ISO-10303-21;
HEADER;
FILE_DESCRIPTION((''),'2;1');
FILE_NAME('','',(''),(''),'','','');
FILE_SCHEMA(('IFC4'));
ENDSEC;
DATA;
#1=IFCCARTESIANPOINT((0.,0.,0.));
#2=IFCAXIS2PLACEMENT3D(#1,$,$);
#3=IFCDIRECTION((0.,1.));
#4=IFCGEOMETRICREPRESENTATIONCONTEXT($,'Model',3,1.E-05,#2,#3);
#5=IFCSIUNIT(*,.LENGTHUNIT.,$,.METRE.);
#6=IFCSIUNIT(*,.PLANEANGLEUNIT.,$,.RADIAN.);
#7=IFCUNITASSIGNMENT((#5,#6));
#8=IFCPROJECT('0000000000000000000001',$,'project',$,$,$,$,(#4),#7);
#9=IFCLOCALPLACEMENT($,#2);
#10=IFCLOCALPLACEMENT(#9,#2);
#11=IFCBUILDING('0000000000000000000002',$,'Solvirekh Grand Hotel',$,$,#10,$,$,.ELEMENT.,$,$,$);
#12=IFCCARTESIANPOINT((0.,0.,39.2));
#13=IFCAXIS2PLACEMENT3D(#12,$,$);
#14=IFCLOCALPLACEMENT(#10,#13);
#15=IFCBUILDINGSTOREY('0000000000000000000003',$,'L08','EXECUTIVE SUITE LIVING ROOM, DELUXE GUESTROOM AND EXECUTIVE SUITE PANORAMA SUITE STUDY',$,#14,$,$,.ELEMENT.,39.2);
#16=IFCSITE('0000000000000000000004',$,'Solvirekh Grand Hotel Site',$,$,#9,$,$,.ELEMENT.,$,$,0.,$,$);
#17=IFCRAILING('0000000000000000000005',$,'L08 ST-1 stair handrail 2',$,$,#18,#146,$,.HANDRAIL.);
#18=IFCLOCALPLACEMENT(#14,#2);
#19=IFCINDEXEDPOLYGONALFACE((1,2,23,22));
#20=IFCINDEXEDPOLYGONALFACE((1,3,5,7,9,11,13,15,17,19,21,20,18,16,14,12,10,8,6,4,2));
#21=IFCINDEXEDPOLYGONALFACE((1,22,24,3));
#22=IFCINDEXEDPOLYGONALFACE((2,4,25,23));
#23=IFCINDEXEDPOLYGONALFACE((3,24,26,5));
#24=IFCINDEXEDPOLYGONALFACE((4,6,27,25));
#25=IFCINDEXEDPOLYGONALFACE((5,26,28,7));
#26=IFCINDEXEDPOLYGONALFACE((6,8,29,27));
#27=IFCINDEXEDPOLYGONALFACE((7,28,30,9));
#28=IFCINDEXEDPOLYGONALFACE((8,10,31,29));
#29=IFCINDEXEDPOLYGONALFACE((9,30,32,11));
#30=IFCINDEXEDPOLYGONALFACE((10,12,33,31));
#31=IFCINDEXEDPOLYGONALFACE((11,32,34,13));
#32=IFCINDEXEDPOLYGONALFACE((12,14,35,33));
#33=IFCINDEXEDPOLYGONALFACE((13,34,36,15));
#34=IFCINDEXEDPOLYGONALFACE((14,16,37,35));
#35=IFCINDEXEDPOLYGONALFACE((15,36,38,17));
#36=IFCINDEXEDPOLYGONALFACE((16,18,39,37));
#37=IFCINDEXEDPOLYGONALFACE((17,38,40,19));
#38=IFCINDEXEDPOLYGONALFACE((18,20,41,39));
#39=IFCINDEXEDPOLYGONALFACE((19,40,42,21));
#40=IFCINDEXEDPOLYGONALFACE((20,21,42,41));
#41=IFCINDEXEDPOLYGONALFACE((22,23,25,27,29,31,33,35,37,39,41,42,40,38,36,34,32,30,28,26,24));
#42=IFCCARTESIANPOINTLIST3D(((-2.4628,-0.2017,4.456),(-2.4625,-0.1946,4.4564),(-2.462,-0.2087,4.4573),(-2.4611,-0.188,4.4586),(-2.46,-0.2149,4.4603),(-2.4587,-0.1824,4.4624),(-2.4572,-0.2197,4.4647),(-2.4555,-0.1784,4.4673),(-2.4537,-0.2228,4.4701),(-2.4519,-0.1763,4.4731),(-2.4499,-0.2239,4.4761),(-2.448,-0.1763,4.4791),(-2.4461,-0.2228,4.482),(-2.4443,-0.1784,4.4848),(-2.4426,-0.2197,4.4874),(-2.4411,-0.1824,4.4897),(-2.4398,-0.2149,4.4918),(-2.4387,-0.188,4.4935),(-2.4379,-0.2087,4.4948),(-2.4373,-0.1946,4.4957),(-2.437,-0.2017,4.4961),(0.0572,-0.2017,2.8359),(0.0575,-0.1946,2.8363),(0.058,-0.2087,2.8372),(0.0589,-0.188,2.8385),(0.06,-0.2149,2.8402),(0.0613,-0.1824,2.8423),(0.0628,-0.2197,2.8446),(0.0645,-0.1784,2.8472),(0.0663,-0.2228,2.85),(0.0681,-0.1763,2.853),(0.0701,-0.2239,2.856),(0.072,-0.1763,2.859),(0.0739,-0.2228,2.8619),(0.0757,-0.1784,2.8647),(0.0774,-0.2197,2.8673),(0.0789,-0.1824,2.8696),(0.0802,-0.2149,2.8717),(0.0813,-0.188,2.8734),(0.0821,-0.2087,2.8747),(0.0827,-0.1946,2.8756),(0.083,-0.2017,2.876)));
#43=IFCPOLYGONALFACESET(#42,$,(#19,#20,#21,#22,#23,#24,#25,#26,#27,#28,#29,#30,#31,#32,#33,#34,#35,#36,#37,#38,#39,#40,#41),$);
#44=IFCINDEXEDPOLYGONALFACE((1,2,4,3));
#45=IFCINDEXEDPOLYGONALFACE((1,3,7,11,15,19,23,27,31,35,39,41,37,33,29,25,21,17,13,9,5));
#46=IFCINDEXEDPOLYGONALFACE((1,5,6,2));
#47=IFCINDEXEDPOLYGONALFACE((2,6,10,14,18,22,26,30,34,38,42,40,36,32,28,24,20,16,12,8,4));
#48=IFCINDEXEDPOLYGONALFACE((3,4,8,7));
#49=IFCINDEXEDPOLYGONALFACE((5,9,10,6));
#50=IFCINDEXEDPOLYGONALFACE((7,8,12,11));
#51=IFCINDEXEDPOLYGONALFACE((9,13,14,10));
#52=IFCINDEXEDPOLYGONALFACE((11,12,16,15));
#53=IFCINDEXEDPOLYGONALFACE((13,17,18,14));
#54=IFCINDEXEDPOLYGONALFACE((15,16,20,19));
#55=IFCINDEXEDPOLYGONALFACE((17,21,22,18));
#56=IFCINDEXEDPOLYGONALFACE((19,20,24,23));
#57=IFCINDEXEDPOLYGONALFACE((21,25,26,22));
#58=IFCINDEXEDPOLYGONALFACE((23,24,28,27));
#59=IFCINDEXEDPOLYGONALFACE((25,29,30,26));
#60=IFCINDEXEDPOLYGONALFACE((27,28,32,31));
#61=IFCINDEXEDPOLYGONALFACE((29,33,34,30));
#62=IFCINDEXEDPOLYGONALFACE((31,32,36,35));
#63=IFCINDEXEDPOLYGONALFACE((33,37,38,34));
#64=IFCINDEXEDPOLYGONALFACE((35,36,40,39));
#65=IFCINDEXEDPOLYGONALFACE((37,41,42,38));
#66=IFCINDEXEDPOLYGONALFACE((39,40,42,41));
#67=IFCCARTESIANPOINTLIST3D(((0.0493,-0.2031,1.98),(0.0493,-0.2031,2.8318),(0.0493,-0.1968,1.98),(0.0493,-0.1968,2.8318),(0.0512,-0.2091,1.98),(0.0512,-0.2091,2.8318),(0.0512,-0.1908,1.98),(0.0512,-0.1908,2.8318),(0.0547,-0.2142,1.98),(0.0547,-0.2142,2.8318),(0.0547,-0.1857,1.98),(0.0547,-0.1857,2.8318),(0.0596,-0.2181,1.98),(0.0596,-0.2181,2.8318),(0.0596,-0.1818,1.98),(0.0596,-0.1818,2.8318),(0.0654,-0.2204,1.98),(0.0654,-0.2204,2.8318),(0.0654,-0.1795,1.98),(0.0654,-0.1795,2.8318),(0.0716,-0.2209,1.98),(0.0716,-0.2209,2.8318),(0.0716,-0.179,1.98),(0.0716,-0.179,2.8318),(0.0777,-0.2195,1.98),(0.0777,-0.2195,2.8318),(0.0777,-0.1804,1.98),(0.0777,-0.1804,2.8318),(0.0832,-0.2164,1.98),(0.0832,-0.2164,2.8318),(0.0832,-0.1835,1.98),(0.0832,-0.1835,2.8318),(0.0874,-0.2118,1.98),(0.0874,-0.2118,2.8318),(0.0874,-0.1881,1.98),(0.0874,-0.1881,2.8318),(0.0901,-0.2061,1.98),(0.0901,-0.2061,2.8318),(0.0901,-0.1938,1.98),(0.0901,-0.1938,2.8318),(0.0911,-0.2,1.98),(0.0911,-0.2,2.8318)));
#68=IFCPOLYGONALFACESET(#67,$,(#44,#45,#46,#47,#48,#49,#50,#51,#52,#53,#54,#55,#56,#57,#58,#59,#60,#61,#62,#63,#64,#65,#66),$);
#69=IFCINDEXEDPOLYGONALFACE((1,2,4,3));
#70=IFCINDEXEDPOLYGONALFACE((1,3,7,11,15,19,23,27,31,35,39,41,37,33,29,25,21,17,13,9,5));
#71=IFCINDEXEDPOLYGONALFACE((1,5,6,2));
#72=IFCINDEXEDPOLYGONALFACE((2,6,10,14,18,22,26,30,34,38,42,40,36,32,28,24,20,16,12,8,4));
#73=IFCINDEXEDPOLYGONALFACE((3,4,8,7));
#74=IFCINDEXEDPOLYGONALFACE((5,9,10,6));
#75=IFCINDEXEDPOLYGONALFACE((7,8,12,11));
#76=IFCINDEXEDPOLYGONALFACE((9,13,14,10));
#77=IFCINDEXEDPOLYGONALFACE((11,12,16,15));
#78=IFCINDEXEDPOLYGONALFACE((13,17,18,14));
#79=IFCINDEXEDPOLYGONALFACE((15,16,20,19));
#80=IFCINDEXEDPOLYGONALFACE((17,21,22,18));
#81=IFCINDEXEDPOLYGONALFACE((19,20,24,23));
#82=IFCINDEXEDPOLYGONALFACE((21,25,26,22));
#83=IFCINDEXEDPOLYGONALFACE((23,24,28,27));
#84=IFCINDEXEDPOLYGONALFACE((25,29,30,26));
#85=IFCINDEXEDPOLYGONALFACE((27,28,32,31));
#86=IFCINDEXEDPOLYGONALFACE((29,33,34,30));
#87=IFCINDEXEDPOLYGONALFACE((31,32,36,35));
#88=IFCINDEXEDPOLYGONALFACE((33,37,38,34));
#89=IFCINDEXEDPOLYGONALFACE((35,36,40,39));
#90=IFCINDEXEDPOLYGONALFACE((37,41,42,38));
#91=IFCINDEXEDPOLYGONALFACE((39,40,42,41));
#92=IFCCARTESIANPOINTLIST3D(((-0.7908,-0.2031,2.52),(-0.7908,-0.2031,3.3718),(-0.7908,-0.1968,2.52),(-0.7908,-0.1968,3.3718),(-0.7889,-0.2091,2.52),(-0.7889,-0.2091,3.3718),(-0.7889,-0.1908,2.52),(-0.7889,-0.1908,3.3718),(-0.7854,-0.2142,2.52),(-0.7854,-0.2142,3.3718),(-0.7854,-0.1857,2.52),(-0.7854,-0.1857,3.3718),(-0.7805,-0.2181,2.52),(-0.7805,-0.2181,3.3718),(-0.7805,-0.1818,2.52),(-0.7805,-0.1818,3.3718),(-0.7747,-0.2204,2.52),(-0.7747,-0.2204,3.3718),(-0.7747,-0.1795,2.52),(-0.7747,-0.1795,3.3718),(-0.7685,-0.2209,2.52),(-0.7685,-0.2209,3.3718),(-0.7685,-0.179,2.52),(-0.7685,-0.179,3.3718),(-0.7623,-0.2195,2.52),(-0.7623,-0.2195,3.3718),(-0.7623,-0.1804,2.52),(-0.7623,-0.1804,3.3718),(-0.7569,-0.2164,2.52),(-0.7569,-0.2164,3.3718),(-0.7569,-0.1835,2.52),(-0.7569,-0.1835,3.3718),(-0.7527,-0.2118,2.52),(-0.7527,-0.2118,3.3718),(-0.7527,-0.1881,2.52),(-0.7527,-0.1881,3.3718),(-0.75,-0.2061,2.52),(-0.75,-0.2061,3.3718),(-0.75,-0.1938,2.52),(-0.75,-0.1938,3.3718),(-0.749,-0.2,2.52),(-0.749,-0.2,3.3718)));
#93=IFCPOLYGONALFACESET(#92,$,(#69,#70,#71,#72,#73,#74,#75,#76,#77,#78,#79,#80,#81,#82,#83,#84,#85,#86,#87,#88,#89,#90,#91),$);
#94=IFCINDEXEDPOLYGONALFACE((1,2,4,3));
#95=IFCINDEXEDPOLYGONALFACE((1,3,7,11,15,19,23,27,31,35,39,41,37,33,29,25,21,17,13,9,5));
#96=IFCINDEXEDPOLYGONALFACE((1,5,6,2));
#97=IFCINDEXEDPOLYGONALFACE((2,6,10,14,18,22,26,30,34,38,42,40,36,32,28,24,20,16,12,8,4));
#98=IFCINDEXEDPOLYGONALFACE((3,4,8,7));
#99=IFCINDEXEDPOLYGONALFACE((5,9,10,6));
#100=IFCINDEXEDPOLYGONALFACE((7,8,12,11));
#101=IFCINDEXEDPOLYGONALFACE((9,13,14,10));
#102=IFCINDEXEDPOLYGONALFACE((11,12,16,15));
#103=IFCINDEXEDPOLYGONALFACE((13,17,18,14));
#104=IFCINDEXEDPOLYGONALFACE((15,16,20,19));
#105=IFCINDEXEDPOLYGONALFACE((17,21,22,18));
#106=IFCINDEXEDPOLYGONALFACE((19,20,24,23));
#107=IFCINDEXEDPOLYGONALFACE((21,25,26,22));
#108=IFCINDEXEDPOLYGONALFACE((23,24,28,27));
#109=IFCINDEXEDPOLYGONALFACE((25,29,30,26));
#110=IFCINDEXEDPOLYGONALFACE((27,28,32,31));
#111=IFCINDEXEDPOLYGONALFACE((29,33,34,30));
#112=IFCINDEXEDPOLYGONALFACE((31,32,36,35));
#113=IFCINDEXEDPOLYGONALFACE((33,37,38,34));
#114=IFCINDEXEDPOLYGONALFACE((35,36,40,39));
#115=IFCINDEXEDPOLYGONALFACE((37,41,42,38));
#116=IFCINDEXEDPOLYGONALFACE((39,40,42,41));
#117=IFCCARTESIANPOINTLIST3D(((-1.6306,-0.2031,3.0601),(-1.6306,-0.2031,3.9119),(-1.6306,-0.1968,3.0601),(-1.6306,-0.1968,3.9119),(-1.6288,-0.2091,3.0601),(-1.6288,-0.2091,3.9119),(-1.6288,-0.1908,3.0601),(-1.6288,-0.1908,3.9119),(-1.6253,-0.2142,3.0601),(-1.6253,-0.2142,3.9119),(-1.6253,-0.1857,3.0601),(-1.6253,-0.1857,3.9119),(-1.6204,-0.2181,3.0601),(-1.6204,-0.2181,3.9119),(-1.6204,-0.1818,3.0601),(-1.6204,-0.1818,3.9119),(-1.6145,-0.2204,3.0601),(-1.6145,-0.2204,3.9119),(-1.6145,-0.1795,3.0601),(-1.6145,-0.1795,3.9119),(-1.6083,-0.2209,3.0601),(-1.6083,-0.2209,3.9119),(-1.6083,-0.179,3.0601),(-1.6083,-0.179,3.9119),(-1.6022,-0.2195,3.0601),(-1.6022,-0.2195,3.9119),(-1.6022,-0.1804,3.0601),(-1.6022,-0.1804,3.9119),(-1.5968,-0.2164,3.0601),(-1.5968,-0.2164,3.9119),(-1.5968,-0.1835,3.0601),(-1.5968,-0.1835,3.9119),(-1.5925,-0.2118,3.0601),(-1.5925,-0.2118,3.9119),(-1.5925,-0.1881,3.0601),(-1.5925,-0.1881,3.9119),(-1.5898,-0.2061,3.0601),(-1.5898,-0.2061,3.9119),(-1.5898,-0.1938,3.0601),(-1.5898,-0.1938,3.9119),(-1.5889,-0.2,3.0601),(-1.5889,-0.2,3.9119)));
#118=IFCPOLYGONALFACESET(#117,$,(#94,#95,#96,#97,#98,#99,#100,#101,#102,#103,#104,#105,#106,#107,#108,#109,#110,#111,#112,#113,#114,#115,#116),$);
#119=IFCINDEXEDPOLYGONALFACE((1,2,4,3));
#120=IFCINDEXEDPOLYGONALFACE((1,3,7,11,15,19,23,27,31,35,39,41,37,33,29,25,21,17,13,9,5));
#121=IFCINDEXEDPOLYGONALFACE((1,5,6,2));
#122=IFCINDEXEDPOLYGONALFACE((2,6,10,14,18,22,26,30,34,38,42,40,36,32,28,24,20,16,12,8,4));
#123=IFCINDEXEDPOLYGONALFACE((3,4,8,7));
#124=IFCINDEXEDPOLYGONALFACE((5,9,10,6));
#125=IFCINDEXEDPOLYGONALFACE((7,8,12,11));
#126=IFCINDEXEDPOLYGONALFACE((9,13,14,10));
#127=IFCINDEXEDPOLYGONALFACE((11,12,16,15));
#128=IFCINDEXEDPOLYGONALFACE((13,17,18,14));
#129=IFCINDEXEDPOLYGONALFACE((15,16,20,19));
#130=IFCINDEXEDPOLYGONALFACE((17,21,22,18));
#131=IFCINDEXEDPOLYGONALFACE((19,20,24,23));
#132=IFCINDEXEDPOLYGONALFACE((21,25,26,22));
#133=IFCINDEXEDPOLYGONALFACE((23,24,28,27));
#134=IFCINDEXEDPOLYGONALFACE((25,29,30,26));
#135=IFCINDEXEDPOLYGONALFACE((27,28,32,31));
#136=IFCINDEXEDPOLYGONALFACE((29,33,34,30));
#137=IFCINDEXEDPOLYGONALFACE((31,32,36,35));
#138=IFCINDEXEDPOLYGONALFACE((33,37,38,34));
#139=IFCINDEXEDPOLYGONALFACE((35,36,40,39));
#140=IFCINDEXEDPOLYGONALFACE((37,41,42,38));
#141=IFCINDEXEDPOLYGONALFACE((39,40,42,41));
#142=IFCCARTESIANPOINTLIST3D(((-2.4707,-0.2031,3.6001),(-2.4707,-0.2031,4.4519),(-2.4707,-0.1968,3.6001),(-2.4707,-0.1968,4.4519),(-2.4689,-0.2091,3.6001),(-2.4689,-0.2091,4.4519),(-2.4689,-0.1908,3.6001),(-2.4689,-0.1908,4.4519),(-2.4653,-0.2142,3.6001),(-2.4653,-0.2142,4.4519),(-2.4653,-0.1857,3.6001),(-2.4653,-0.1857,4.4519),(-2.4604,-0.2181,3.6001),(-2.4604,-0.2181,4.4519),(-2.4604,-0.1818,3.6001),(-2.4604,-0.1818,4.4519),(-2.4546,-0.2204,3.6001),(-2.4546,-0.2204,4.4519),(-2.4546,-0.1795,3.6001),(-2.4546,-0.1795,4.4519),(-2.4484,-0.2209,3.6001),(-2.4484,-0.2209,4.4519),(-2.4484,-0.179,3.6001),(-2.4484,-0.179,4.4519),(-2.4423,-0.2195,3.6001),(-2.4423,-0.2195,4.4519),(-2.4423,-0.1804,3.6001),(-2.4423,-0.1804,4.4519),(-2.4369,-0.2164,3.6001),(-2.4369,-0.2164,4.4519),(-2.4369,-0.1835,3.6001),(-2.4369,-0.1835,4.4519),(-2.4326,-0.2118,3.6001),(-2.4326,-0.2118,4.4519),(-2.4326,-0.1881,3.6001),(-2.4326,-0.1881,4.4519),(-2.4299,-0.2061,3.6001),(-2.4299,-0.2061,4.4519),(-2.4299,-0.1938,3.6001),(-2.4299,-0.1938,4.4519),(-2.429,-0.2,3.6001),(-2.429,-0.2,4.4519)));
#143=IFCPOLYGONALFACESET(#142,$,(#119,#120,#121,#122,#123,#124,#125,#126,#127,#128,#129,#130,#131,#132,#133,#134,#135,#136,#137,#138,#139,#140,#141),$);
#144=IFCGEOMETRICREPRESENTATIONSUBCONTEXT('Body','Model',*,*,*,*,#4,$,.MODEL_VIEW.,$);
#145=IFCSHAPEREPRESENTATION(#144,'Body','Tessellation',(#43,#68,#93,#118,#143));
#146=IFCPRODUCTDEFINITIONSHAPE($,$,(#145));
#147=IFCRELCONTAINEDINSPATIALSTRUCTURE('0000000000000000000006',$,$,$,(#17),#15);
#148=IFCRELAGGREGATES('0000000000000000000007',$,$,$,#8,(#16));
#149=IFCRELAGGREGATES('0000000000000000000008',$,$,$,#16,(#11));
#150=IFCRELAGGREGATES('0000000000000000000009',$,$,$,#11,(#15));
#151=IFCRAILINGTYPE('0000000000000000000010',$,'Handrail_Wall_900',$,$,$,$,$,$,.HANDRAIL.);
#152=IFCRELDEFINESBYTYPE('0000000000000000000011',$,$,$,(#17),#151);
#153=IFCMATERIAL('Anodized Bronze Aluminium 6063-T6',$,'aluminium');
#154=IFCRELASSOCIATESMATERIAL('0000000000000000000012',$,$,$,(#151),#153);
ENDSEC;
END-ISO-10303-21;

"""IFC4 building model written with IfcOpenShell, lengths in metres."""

from ifc_helpers import new_model, si_unit, direction, frame, origin, origin_2d, place, context, subcontext, project, spatial, circle, extrude, material, type_object, element, save


model = new_model("IFC4")

# Units and contexts
model_context = context("Model", 3, precision=1e-05, world=origin(), true_north=direction((0.0, 1.0)))
body_context = subcontext(model_context, "Body", "Model", "MODEL_VIEW")
ifc_project = project(units=[si_unit("LENGTHUNIT", "METRE"), si_unit("PLANEANGLEUNIT", "RADIAN")], contexts=[model_context])

# Site, building, storey
site_placement = place(None, origin())
site = spatial("IfcSite", under=ifc_project, at=site_placement, Name="Solvirekh Grand Hotel Site", CompositionType="ELEMENT", RefElevation=0.0)
building_placement = place(site_placement, origin())
building = spatial("IfcBuilding", under=site, at=building_placement, Name="Solvirekh Grand Hotel", CompositionType="ELEMENT")
storey_placement = place(building_placement, frame((0.0, 0.0, 39.2)))
storey = spatial("IfcBuildingStorey", under=building, at=storey_placement, Name="L08", Description="EXECUTIVE SUITE LIVING ROOM, DELUXE GUESTROOM AND EXECUTIVE SUITE PANORAMA SUITE STUDY", CompositionType="ELEMENT", Elevation=39.2)

# Railing
ifc_material_1 = material(Name="Anodized Bronze Aluminium 6063-T6", Category="aluminium")
railing_type_1 = type_object("IfcRailingType", Name="Handrail_Wall_900", PredefinedType="HANDRAIL", material=ifc_material_1)
railing_1_placement = place(storey_placement, frame((0.0701, -0.2, 1.98)))
element("IfcRailing", 1, at=railing_1_placement, inside=storey, type_object=railing_type_1, Name="L08 ST-1 stair handrail 2", PredefinedType="HANDRAIL", context=body_context, shape_type="SweptSolid", body=[
    extrude(circle(Radius=0.0239, at=origin_2d()), frame((0.0, 0.0, 0.876), z_axis=(-0.841163, 0.0, 0.540782), x_axis=(0.0, -1.0, 0.0)), (0.0, 0.0, 1.0), 2.9958),
    extrude(circle(Radius=0.021, at=origin_2d()), origin(), (0.0, 0.0, 1.0), 0.8518),
    extrude(circle(Radius=0.021, at=origin_2d()), frame((-0.8401, 0.0, 0.54)), (0.0, 0.0, 1.0), 0.8518),
    extrude(circle(Radius=0.021, at=origin_2d()), frame((-1.6799, 0.0, 1.0801)), (0.0, 0.0, 1.0), 0.8518),
    extrude(circle(Radius=0.021, at=origin_2d()), frame((-2.52, 0.0, 1.6201)), (0.0, 0.0, 1.0), 0.8518),
])

save(model, "model.ifc")
